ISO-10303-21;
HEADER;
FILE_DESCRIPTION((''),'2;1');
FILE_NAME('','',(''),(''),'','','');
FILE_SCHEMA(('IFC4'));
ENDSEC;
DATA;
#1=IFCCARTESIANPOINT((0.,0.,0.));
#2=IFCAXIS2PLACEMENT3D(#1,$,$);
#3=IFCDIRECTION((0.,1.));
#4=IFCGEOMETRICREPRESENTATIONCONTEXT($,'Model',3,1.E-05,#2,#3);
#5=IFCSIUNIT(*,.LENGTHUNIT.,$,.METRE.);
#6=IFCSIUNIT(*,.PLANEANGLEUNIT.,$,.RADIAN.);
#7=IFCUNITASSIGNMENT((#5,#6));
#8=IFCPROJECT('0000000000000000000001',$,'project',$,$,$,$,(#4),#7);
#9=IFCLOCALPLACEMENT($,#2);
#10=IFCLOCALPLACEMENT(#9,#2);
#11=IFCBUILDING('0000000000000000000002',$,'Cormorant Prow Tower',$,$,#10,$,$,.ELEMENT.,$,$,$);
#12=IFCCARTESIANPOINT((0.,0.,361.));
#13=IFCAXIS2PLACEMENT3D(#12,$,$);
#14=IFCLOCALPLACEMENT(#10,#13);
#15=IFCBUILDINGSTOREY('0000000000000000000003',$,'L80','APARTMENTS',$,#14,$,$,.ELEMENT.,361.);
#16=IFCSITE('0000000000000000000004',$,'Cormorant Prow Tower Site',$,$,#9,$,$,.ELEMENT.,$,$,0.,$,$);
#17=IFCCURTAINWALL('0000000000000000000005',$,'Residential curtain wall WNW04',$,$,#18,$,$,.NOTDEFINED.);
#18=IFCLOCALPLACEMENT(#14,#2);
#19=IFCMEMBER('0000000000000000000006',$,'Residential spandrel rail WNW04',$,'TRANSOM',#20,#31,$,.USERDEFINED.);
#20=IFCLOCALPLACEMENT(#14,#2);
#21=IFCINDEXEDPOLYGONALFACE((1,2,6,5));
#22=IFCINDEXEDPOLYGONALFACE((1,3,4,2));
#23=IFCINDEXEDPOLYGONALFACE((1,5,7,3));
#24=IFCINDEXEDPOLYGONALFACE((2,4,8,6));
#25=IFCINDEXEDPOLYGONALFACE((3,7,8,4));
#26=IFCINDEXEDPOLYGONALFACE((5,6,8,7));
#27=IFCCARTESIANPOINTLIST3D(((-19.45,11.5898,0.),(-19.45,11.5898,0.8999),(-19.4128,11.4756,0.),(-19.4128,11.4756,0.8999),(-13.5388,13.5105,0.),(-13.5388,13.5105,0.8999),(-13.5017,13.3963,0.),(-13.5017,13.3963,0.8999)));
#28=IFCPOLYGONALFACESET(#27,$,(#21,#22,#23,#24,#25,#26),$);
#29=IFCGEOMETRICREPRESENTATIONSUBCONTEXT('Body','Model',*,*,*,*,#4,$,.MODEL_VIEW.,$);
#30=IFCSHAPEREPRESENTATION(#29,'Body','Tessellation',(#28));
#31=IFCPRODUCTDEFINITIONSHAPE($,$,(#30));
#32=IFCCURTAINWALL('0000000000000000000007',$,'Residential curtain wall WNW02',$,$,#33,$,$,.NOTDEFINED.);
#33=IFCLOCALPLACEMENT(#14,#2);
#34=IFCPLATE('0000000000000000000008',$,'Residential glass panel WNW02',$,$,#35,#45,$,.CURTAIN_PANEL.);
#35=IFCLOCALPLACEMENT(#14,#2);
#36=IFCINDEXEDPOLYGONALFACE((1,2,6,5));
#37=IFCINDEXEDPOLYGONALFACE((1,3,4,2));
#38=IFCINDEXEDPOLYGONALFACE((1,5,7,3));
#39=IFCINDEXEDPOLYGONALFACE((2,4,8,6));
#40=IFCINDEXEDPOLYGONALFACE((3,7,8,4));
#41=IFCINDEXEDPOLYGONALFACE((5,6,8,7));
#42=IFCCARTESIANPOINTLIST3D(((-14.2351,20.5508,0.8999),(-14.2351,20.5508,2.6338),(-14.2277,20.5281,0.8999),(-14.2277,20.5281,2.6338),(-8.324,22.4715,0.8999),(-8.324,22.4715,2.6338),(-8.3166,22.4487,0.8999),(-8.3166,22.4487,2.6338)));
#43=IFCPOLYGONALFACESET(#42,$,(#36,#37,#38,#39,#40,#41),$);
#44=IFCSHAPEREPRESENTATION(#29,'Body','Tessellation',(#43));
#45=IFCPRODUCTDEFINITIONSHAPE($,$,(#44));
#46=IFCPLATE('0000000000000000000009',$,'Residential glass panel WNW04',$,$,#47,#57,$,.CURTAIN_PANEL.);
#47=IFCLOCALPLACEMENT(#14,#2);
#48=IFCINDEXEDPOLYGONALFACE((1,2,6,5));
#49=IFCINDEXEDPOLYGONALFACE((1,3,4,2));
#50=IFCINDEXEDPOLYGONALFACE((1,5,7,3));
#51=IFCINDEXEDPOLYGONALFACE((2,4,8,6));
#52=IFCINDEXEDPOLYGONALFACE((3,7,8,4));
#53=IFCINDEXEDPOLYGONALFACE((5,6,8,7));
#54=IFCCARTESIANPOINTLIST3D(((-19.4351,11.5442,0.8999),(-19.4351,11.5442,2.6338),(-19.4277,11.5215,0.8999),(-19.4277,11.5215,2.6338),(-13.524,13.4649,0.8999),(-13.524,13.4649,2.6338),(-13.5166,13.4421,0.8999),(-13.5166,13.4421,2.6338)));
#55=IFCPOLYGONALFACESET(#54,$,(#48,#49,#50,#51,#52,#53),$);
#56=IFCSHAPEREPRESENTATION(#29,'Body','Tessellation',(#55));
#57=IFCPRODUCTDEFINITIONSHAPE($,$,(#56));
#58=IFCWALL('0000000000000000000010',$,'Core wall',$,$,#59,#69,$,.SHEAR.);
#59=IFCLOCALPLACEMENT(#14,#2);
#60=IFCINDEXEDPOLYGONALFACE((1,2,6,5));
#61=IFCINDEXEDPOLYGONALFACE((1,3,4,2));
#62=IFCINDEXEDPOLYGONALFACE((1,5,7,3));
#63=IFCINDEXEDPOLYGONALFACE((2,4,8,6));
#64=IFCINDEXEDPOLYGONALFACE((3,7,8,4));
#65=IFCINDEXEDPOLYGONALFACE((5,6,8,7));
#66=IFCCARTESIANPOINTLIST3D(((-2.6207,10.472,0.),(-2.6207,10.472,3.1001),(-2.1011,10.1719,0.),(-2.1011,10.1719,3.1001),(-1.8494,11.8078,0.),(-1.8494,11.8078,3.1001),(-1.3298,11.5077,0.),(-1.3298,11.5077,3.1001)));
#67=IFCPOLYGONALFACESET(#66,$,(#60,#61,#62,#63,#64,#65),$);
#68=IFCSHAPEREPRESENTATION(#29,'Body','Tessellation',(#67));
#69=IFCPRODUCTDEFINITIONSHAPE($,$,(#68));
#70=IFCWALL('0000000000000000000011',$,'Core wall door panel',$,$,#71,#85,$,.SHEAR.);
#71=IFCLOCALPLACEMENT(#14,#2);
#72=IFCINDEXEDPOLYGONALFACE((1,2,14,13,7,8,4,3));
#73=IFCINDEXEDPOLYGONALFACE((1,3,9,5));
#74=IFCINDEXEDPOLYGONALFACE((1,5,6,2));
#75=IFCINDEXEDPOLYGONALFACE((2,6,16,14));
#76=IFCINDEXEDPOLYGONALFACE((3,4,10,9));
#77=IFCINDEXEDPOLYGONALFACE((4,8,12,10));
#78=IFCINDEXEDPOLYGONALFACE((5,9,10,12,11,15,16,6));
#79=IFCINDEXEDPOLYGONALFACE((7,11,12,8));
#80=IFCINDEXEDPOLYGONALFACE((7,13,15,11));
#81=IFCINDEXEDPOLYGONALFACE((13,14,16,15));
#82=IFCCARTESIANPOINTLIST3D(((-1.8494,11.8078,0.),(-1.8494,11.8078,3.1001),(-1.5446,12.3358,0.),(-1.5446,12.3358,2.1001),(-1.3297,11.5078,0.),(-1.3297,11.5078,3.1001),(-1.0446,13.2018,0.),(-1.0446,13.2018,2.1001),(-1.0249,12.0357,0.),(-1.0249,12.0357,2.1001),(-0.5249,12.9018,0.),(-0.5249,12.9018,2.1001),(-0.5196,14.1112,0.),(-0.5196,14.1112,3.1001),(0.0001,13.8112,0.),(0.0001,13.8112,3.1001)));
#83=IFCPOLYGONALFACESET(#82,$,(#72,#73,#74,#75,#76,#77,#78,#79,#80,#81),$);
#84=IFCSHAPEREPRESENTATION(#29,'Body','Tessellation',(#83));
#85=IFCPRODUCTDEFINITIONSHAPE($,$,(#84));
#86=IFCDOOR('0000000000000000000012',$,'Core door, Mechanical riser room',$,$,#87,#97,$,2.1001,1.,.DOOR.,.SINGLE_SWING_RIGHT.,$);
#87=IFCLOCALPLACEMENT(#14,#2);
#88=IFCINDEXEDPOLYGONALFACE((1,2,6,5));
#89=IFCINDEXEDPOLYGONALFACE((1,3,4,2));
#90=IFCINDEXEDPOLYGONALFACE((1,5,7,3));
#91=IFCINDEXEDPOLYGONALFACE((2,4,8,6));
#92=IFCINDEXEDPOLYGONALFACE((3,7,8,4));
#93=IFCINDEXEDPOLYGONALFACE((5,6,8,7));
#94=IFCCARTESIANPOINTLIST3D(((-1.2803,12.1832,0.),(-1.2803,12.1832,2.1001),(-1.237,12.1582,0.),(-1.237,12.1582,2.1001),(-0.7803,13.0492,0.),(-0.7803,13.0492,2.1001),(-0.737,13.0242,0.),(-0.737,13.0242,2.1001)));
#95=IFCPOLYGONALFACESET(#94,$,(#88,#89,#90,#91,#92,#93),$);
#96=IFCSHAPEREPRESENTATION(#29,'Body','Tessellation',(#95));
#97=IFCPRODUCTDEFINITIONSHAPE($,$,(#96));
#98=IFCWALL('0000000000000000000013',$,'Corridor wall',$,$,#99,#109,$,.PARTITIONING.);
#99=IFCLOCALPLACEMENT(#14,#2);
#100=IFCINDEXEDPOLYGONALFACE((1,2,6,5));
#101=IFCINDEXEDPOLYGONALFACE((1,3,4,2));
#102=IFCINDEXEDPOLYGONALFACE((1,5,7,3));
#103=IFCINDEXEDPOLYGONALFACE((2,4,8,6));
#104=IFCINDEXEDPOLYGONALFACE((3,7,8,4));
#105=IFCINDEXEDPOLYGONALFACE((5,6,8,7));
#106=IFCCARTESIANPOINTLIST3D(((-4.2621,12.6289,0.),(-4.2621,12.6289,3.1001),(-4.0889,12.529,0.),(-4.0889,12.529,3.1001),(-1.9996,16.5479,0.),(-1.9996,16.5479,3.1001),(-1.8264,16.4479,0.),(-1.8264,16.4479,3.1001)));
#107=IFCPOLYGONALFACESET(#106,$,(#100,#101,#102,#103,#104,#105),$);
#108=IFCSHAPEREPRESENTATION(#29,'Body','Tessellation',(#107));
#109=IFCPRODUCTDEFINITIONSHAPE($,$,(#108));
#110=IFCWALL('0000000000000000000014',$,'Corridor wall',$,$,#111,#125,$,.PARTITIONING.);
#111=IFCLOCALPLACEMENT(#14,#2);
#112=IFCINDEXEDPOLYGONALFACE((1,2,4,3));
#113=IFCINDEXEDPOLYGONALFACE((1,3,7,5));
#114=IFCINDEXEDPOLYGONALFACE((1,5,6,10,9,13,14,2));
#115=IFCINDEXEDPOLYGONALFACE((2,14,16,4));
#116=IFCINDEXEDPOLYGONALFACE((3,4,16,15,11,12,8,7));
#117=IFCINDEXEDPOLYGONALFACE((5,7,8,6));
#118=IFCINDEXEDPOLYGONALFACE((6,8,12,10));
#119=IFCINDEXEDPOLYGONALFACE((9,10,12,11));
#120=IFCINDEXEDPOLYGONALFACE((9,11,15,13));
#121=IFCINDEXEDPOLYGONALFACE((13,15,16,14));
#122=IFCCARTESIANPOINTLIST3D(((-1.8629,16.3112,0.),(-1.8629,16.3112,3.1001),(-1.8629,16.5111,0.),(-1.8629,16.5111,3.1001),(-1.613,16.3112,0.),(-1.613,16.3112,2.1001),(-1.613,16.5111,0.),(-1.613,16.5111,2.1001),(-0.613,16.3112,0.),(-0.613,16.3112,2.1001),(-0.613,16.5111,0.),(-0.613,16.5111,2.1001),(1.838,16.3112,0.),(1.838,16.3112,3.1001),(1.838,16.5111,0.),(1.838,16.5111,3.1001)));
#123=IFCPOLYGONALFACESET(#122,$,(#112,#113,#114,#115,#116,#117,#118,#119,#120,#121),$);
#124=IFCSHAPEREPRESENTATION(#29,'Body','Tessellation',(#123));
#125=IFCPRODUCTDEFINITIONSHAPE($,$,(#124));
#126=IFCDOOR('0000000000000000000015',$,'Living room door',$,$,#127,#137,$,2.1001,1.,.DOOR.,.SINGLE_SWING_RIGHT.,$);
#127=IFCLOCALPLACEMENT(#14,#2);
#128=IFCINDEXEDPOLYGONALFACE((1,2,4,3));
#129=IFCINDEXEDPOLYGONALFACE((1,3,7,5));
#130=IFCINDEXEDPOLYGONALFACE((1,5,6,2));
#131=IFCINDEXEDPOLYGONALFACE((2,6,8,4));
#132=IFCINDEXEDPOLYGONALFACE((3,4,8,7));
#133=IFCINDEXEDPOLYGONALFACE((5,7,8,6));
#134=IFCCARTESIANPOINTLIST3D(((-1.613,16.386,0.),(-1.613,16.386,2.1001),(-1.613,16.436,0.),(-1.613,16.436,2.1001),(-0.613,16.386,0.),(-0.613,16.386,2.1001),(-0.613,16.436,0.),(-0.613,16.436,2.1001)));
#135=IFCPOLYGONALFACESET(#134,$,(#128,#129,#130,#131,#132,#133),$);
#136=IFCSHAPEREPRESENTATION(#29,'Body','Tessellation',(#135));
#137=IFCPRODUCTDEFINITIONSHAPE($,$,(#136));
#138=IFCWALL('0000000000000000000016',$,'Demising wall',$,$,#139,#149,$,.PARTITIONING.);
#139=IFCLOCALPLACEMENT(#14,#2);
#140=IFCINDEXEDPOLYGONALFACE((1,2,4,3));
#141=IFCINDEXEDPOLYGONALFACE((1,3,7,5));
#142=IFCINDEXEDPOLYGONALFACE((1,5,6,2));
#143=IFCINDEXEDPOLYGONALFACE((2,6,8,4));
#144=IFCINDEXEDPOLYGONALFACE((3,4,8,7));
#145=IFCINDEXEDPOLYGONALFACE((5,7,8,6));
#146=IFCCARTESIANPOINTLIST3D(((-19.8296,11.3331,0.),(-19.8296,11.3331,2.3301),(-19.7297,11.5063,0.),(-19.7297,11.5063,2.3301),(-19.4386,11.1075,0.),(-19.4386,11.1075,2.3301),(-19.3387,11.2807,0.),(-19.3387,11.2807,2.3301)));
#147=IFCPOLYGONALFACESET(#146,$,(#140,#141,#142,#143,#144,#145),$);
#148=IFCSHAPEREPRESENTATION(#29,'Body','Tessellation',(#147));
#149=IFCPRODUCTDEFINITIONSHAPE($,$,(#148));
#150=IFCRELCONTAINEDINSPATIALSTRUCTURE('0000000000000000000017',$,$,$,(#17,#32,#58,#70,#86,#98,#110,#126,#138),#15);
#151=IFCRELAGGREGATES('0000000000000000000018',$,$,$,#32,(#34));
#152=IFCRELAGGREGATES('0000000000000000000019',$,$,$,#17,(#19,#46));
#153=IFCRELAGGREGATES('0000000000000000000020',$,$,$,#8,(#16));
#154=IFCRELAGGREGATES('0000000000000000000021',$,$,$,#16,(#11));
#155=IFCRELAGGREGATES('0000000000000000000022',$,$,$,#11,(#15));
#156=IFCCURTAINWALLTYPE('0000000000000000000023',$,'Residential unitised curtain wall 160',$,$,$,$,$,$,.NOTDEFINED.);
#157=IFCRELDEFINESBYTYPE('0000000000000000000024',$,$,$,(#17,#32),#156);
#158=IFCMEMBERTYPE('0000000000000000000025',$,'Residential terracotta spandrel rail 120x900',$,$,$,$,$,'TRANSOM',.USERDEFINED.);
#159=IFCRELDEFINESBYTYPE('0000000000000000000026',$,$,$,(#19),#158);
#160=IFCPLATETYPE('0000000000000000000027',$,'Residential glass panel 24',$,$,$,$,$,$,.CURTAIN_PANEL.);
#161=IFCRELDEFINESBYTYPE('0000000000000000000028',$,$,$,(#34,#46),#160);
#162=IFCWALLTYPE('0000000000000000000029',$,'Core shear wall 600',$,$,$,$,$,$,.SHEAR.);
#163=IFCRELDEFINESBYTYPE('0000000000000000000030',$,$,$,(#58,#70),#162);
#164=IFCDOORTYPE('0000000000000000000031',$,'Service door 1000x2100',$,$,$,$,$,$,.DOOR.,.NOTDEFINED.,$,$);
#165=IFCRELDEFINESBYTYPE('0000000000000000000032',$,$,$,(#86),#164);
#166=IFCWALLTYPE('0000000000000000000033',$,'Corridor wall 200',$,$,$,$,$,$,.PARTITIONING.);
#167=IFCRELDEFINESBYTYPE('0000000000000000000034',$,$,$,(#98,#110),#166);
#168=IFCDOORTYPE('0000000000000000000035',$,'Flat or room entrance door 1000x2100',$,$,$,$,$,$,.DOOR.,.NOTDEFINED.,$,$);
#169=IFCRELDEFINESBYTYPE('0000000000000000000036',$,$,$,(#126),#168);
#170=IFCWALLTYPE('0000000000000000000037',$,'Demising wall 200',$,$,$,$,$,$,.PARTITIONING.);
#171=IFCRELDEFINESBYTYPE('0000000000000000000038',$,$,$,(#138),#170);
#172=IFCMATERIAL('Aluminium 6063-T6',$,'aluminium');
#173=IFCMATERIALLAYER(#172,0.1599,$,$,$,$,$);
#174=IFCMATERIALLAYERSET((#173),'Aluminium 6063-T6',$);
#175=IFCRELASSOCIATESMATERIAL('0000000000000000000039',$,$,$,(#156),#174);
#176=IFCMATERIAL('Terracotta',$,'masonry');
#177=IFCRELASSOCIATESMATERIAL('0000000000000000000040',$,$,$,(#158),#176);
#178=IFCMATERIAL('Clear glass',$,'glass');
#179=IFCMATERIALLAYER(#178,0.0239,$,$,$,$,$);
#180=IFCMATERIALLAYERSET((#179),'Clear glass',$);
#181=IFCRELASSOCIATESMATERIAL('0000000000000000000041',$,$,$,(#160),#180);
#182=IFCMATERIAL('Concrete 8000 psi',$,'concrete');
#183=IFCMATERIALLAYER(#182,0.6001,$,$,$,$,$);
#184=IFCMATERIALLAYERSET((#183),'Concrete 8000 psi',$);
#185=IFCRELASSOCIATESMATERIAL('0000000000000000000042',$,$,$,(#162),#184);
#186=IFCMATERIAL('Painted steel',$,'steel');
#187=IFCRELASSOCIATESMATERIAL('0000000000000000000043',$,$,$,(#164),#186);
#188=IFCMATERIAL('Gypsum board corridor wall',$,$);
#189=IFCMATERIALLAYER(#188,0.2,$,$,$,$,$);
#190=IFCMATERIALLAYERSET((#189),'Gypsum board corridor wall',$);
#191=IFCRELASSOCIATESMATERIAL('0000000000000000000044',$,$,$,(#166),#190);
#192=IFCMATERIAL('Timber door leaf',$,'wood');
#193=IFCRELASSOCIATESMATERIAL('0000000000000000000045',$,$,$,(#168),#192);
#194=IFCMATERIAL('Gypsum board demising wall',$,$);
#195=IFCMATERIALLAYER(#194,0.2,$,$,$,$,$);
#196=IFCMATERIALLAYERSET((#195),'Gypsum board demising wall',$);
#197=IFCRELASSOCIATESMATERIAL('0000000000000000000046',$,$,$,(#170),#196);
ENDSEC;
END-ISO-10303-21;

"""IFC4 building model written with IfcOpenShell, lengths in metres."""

from ifc_helpers import new_model, si_unit, direction, frame, frame_2d, origin, origin_2d, place, context, subcontext, project, spatial, rectangle, extrude, material, layer, layer_set, material_profile, profile_set, type_object, element, fill, aggregate, save


model = new_model("IFC4")

# Units and contexts
model_context = context("Model", 3, precision=1e-05, world=origin(), true_north=direction((0.0, 1.0)))
body_context = subcontext(model_context, "Body", "Model", "MODEL_VIEW")
ifc_project = project(units=[si_unit("LENGTHUNIT", "METRE"), si_unit("PLANEANGLEUNIT", "RADIAN")], contexts=[model_context])

# Site, building, storey
site_placement = place(None, origin())
site = spatial("IfcSite", under=ifc_project, at=site_placement, Name="Cormorant Prow Tower Site", CompositionType="ELEMENT", RefElevation=0.0)
building_placement = place(site_placement, origin())
building = spatial("IfcBuilding", under=site, at=building_placement, Name="Cormorant Prow Tower", CompositionType="ELEMENT")
storey_placement = place(building_placement, frame((0.0, 0.0, 361.0)))
storey = spatial("IfcBuildingStorey", under=building, at=storey_placement, Name="L80", Description="APARTMENTS", CompositionType="ELEMENT", Elevation=361.0)

# Curtain wall, member
ifc_material_1 = material(Name="Aluminium 6063-T6", Category="aluminium")
ifc_layer_1 = layer(ifc_material_1, 0.1599)
ifc_layer_set_1 = layer_set([ifc_layer_1], Name="Aluminium 6063-T6")
curtain_wall_type = type_object("IfcCurtainWallType", Name="Residential unitised curtain wall 160", PredefinedType="NOTDEFINED", material=ifc_layer_set_1)
curtain_wall_1_placement = place(storey_placement, origin())
curtain_wall_1 = element("IfcCurtainWall", 1, at=curtain_wall_1_placement, inside=storey, type_object=curtain_wall_type, Name="Residential curtain wall WNW04", PredefinedType="NOTDEFINED")
ifc_material_2 = material(Name="Terracotta", Category="masonry")
ifc_material_profile_1 = material_profile(ifc_material_2, rectangle(XDim=0.1201, YDim=0.8999, at=origin_2d()), Name="Residential terracotta spandrel rail 120x900")
ifc_profile_set_1 = profile_set([ifc_material_profile_1], Name="Terracotta")
member_type_1 = type_object("IfcMemberType", Name="Residential terracotta spandrel rail 120x900", ElementType="TRANSOM", PredefinedType="USERDEFINED", material=ifc_profile_set_1)
member_1_placement = place(storey_placement, frame((-13.5203, 13.4534, 0.45), z_axis=(-0.951056, -0.309019, 0.0), x_axis=(0.309019, -0.951056, 0.0)))
member_1 = element("IfcMember", 2, at=member_1_placement, type_object=member_type_1, Name="Residential spandrel rail WNW04", ObjectType="TRANSOM", PredefinedType="USERDEFINED", context=body_context, shape_type="SweptSolid", body=[
    extrude(rectangle(XDim=0.1201, YDim=0.8999, at=origin_2d()), origin(), (0.0, 0.0, 1.0), 6.2153),
])

# Curtain wall, plate
curtain_wall_2_placement = place(storey_placement, origin())
curtain_wall_2 = element("IfcCurtainWall", 3, at=curtain_wall_2_placement, inside=storey, type_object=curtain_wall_type, Name="Residential curtain wall WNW02", PredefinedType="NOTDEFINED")
ifc_material_3 = material(Name="Clear glass", Category="glass")
ifc_layer_2 = layer(ifc_material_3, 0.0239)
ifc_layer_set_2 = layer_set([ifc_layer_2], Name="Clear glass")
plate_type = type_object("IfcPlateType", Name="Residential glass panel 24", PredefinedType="CURTAIN_PANEL", material=ifc_layer_set_2)
plate_1_placement = place(storey_placement, frame((-11.2759, 21.4998, 0.8999), z_axis=(0.0, 0.0, 1.0), x_axis=(-0.951057, -0.309017, 0.0)))
plate_1 = element("IfcPlate", 4, at=plate_1_placement, type_object=plate_type, Name="Residential glass panel WNW02", PredefinedType="CURTAIN_PANEL", context=body_context, shape_type="SweptSolid", body=[
    extrude(rectangle(XDim=6.2153, YDim=0.0239, at=origin_2d()), origin(), (0.0, 0.0, 1.0), 1.7339),
])
aggregate(curtain_wall_2, [plate_1])

# Plate
plate_2_placement = place(storey_placement, frame((-16.4758, 12.4932, 0.8999), z_axis=(0.0, 0.0, 1.0), x_axis=(-0.951057, -0.309017, 0.0)))
plate_2 = element("IfcPlate", 5, at=plate_2_placement, type_object=plate_type, Name="Residential glass panel WNW04", PredefinedType="CURTAIN_PANEL", context=body_context, shape_type="SweptSolid", body=[
    extrude(rectangle(XDim=6.2153, YDim=0.0239, at=origin_2d()), origin(), (0.0, 0.0, 1.0), 1.7339),
])
aggregate(curtain_wall_1, [member_1, plate_2])

# Wall
ifc_material_4 = material(Name="Concrete 8000 psi", Category="concrete")
ifc_layer_3 = layer(ifc_material_4, 0.6001)
ifc_layer_set_3 = layer_set([ifc_layer_3], Name="Concrete 8000 psi")
wall_type_1 = type_object("IfcWallType", Name="Core shear wall 600", PredefinedType="SHEAR", material=ifc_layer_set_3)
wall_1_placement = place(storey_placement, frame((-1.5896, 11.6577, 0.0), z_axis=(0.0, 0.0, 1.0), x_axis=(-0.500038, -0.866004, 0.0)))
element("IfcWall", 6, at=wall_1_placement, inside=storey, type_object=wall_type_1, Name="Core wall", PredefinedType="SHEAR", context=body_context, shape_type="SweptSolid", body=[
    extrude(rectangle(XDim=1.5425, YDim=0.6001, at=frame_2d((0.7712, 0.0))), origin(), (0.0, 0.0, 1.0), 3.1001),
])

# Wall, opening, door
wall_2_placement = place(storey_placement, frame((-0.2598, 13.9612, 0.0), z_axis=(0.0, 0.0, 1.0), x_axis=(-0.499979, -0.866037, 0.0)))
wall_2 = element("IfcWall", 7, at=wall_2_placement, inside=storey, type_object=wall_type_1, Name="Core wall door panel", PredefinedType="SHEAR", context=body_context, shape_type="SweptSolid", body=[
    extrude(rectangle(XDim=2.6597, YDim=0.6001, at=frame_2d((1.3298, 0.0))), origin(), (0.0, 0.0, 1.0), 3.1001),
])
opening_1_placement = place(wall_2_placement, frame((1.05, 0.0, 0.0)))
opening_1 = element("IfcOpeningElement", 8, at=opening_1_placement, cuts=wall_2, PredefinedType="OPENING", context=body_context, shape_type="SweptSolid", body=[
    extrude(rectangle(XDim=1.0, YDim=2.1001, at=frame_2d((0.5, 1.05))), frame((0.0, 0.3101, 0.0), z_axis=(0.0, -1.0, 0.0), x_axis=(1.0, 0.0, 0.0)), (0.0, 0.0, 1.0), 0.6201),
])
ifc_material_5 = material(Name="Painted steel", Category="steel")
door_type_1 = type_object("IfcDoorType", Name="Service door 1000x2100", OperationType="NOTDEFINED", PredefinedType="DOOR", material=ifc_material_5)
door_1_placement = place(opening_1_placement, origin())
door_1 = element("IfcDoor", 9, at=door_1_placement, inside=storey, type_object=door_type_1, Name="Core door, Mechanical riser room", OperationType="SINGLE_SWING_RIGHT", OverallHeight=2.1001, OverallWidth=1.0, PredefinedType="DOOR", context=body_context, shape_type="SweptSolid", body=[
    extrude(rectangle(XDim=1.0, YDim=2.1001, at=frame_2d((0.5, 1.05))), frame((0.0, 0.0552, 0.0), z_axis=(0.0, -1.0, 0.0), x_axis=(1.0, 0.0, 0.0)), (0.0, 0.0, 1.0), 0.05),
])
fill(opening_1, door_1)

# Wall
ifc_material_6 = material(Name="Gypsum board corridor wall")
ifc_layer_4 = layer(ifc_material_6, 0.2)
ifc_layer_set_4 = layer_set([ifc_layer_4], Name="Gypsum board corridor wall")
wall_type_2 = type_object("IfcWallType", Name="Corridor wall 200", PredefinedType="PARTITIONING", material=ifc_layer_set_4)
wall_3_placement = place(storey_placement, frame((-4.1755, 12.5789, 0.0), z_axis=(0.0, 0.0, 1.0), x_axis=(0.499975, 0.86604, 0.0)))
element("IfcWall", 10, at=wall_3_placement, inside=storey, type_object=wall_type_2, Name="Corridor wall", PredefinedType="PARTITIONING", context=body_context, shape_type="SweptSolid", body=[
    extrude(rectangle(XDim=4.5251, YDim=0.2, at=frame_2d((2.2627, 0.0))), origin(), (0.0, 0.0, 1.0), 3.1001),
])

# Wall, opening, door
wall_4_placement = place(storey_placement, frame((-1.863, 16.4111, 0.0), z_axis=(0.0, 0.0, 1.0), x_axis=(1.0, 0.0, 0.0)))
wall_4 = element("IfcWall", 11, at=wall_4_placement, inside=storey, type_object=wall_type_2, Name="Corridor wall", PredefinedType="PARTITIONING", context=body_context, shape_type="SweptSolid", body=[
    extrude(rectangle(XDim=3.7009, YDim=0.2, at=frame_2d((1.8506, 0.0))), origin(), (0.0, 0.0, 1.0), 3.1001),
])
opening_2_placement = place(wall_4_placement, frame((0.25, 0.0, 0.0)))
opening_2 = element("IfcOpeningElement", 12, at=opening_2_placement, cuts=wall_4, PredefinedType="OPENING", context=body_context, shape_type="SweptSolid", body=[
    extrude(rectangle(XDim=1.0, YDim=2.1001, at=frame_2d((0.5, 1.05))), frame((0.0, 0.1099, 0.0), z_axis=(0.0, -1.0, 0.0), x_axis=(1.0, 0.0, 0.0)), (0.0, 0.0, 1.0), 0.22),
])
ifc_material_7 = material(Name="Timber door leaf", Category="wood")
door_type_2 = type_object("IfcDoorType", Name="Flat or room entrance door 1000x2100", OperationType="NOTDEFINED", PredefinedType="DOOR", material=ifc_material_7)
door_2_placement = place(opening_2_placement, origin())
door_2 = element("IfcDoor", 13, at=door_2_placement, inside=storey, type_object=door_type_2, Name="Living room door", OperationType="SINGLE_SWING_RIGHT", OverallHeight=2.1001, OverallWidth=1.0, PredefinedType="DOOR", context=body_context, shape_type="SweptSolid", body=[
    extrude(rectangle(XDim=1.0, YDim=2.1001, at=frame_2d((0.5, 1.05))), frame((0.0, 0.0249, 0.0), z_axis=(0.0, -1.0, 0.0), x_axis=(1.0, 0.0, 0.0)), (0.0, 0.0, 1.0), 0.05),
])
fill(opening_2, door_2)

# Wall
ifc_material_8 = material(Name="Gypsum board demising wall")
ifc_layer_5 = layer(ifc_material_8, 0.2)
ifc_layer_set_5 = layer_set([ifc_layer_5], Name="Gypsum board demising wall")
wall_type_3 = type_object("IfcWallType", Name="Demising wall 200", PredefinedType="PARTITIONING", material=ifc_layer_set_5)
wall_5_placement = place(storey_placement, frame((-19.7795, 11.4197, 0.0), z_axis=(0.0, 0.0, 1.0), x_axis=(0.866105, -0.499863, 0.0)))
element("IfcWall", 14, at=wall_5_placement, inside=storey, type_object=wall_type_3, Name="Demising wall", PredefinedType="PARTITIONING", context=body_context, shape_type="SweptSolid", body=[
    extrude(rectangle(XDim=0.4514, YDim=0.2, at=frame_2d((0.2256, 0.0))), origin(), (0.0, 0.0, 1.0), 2.3301),
])

save(model, "model.ifc")
